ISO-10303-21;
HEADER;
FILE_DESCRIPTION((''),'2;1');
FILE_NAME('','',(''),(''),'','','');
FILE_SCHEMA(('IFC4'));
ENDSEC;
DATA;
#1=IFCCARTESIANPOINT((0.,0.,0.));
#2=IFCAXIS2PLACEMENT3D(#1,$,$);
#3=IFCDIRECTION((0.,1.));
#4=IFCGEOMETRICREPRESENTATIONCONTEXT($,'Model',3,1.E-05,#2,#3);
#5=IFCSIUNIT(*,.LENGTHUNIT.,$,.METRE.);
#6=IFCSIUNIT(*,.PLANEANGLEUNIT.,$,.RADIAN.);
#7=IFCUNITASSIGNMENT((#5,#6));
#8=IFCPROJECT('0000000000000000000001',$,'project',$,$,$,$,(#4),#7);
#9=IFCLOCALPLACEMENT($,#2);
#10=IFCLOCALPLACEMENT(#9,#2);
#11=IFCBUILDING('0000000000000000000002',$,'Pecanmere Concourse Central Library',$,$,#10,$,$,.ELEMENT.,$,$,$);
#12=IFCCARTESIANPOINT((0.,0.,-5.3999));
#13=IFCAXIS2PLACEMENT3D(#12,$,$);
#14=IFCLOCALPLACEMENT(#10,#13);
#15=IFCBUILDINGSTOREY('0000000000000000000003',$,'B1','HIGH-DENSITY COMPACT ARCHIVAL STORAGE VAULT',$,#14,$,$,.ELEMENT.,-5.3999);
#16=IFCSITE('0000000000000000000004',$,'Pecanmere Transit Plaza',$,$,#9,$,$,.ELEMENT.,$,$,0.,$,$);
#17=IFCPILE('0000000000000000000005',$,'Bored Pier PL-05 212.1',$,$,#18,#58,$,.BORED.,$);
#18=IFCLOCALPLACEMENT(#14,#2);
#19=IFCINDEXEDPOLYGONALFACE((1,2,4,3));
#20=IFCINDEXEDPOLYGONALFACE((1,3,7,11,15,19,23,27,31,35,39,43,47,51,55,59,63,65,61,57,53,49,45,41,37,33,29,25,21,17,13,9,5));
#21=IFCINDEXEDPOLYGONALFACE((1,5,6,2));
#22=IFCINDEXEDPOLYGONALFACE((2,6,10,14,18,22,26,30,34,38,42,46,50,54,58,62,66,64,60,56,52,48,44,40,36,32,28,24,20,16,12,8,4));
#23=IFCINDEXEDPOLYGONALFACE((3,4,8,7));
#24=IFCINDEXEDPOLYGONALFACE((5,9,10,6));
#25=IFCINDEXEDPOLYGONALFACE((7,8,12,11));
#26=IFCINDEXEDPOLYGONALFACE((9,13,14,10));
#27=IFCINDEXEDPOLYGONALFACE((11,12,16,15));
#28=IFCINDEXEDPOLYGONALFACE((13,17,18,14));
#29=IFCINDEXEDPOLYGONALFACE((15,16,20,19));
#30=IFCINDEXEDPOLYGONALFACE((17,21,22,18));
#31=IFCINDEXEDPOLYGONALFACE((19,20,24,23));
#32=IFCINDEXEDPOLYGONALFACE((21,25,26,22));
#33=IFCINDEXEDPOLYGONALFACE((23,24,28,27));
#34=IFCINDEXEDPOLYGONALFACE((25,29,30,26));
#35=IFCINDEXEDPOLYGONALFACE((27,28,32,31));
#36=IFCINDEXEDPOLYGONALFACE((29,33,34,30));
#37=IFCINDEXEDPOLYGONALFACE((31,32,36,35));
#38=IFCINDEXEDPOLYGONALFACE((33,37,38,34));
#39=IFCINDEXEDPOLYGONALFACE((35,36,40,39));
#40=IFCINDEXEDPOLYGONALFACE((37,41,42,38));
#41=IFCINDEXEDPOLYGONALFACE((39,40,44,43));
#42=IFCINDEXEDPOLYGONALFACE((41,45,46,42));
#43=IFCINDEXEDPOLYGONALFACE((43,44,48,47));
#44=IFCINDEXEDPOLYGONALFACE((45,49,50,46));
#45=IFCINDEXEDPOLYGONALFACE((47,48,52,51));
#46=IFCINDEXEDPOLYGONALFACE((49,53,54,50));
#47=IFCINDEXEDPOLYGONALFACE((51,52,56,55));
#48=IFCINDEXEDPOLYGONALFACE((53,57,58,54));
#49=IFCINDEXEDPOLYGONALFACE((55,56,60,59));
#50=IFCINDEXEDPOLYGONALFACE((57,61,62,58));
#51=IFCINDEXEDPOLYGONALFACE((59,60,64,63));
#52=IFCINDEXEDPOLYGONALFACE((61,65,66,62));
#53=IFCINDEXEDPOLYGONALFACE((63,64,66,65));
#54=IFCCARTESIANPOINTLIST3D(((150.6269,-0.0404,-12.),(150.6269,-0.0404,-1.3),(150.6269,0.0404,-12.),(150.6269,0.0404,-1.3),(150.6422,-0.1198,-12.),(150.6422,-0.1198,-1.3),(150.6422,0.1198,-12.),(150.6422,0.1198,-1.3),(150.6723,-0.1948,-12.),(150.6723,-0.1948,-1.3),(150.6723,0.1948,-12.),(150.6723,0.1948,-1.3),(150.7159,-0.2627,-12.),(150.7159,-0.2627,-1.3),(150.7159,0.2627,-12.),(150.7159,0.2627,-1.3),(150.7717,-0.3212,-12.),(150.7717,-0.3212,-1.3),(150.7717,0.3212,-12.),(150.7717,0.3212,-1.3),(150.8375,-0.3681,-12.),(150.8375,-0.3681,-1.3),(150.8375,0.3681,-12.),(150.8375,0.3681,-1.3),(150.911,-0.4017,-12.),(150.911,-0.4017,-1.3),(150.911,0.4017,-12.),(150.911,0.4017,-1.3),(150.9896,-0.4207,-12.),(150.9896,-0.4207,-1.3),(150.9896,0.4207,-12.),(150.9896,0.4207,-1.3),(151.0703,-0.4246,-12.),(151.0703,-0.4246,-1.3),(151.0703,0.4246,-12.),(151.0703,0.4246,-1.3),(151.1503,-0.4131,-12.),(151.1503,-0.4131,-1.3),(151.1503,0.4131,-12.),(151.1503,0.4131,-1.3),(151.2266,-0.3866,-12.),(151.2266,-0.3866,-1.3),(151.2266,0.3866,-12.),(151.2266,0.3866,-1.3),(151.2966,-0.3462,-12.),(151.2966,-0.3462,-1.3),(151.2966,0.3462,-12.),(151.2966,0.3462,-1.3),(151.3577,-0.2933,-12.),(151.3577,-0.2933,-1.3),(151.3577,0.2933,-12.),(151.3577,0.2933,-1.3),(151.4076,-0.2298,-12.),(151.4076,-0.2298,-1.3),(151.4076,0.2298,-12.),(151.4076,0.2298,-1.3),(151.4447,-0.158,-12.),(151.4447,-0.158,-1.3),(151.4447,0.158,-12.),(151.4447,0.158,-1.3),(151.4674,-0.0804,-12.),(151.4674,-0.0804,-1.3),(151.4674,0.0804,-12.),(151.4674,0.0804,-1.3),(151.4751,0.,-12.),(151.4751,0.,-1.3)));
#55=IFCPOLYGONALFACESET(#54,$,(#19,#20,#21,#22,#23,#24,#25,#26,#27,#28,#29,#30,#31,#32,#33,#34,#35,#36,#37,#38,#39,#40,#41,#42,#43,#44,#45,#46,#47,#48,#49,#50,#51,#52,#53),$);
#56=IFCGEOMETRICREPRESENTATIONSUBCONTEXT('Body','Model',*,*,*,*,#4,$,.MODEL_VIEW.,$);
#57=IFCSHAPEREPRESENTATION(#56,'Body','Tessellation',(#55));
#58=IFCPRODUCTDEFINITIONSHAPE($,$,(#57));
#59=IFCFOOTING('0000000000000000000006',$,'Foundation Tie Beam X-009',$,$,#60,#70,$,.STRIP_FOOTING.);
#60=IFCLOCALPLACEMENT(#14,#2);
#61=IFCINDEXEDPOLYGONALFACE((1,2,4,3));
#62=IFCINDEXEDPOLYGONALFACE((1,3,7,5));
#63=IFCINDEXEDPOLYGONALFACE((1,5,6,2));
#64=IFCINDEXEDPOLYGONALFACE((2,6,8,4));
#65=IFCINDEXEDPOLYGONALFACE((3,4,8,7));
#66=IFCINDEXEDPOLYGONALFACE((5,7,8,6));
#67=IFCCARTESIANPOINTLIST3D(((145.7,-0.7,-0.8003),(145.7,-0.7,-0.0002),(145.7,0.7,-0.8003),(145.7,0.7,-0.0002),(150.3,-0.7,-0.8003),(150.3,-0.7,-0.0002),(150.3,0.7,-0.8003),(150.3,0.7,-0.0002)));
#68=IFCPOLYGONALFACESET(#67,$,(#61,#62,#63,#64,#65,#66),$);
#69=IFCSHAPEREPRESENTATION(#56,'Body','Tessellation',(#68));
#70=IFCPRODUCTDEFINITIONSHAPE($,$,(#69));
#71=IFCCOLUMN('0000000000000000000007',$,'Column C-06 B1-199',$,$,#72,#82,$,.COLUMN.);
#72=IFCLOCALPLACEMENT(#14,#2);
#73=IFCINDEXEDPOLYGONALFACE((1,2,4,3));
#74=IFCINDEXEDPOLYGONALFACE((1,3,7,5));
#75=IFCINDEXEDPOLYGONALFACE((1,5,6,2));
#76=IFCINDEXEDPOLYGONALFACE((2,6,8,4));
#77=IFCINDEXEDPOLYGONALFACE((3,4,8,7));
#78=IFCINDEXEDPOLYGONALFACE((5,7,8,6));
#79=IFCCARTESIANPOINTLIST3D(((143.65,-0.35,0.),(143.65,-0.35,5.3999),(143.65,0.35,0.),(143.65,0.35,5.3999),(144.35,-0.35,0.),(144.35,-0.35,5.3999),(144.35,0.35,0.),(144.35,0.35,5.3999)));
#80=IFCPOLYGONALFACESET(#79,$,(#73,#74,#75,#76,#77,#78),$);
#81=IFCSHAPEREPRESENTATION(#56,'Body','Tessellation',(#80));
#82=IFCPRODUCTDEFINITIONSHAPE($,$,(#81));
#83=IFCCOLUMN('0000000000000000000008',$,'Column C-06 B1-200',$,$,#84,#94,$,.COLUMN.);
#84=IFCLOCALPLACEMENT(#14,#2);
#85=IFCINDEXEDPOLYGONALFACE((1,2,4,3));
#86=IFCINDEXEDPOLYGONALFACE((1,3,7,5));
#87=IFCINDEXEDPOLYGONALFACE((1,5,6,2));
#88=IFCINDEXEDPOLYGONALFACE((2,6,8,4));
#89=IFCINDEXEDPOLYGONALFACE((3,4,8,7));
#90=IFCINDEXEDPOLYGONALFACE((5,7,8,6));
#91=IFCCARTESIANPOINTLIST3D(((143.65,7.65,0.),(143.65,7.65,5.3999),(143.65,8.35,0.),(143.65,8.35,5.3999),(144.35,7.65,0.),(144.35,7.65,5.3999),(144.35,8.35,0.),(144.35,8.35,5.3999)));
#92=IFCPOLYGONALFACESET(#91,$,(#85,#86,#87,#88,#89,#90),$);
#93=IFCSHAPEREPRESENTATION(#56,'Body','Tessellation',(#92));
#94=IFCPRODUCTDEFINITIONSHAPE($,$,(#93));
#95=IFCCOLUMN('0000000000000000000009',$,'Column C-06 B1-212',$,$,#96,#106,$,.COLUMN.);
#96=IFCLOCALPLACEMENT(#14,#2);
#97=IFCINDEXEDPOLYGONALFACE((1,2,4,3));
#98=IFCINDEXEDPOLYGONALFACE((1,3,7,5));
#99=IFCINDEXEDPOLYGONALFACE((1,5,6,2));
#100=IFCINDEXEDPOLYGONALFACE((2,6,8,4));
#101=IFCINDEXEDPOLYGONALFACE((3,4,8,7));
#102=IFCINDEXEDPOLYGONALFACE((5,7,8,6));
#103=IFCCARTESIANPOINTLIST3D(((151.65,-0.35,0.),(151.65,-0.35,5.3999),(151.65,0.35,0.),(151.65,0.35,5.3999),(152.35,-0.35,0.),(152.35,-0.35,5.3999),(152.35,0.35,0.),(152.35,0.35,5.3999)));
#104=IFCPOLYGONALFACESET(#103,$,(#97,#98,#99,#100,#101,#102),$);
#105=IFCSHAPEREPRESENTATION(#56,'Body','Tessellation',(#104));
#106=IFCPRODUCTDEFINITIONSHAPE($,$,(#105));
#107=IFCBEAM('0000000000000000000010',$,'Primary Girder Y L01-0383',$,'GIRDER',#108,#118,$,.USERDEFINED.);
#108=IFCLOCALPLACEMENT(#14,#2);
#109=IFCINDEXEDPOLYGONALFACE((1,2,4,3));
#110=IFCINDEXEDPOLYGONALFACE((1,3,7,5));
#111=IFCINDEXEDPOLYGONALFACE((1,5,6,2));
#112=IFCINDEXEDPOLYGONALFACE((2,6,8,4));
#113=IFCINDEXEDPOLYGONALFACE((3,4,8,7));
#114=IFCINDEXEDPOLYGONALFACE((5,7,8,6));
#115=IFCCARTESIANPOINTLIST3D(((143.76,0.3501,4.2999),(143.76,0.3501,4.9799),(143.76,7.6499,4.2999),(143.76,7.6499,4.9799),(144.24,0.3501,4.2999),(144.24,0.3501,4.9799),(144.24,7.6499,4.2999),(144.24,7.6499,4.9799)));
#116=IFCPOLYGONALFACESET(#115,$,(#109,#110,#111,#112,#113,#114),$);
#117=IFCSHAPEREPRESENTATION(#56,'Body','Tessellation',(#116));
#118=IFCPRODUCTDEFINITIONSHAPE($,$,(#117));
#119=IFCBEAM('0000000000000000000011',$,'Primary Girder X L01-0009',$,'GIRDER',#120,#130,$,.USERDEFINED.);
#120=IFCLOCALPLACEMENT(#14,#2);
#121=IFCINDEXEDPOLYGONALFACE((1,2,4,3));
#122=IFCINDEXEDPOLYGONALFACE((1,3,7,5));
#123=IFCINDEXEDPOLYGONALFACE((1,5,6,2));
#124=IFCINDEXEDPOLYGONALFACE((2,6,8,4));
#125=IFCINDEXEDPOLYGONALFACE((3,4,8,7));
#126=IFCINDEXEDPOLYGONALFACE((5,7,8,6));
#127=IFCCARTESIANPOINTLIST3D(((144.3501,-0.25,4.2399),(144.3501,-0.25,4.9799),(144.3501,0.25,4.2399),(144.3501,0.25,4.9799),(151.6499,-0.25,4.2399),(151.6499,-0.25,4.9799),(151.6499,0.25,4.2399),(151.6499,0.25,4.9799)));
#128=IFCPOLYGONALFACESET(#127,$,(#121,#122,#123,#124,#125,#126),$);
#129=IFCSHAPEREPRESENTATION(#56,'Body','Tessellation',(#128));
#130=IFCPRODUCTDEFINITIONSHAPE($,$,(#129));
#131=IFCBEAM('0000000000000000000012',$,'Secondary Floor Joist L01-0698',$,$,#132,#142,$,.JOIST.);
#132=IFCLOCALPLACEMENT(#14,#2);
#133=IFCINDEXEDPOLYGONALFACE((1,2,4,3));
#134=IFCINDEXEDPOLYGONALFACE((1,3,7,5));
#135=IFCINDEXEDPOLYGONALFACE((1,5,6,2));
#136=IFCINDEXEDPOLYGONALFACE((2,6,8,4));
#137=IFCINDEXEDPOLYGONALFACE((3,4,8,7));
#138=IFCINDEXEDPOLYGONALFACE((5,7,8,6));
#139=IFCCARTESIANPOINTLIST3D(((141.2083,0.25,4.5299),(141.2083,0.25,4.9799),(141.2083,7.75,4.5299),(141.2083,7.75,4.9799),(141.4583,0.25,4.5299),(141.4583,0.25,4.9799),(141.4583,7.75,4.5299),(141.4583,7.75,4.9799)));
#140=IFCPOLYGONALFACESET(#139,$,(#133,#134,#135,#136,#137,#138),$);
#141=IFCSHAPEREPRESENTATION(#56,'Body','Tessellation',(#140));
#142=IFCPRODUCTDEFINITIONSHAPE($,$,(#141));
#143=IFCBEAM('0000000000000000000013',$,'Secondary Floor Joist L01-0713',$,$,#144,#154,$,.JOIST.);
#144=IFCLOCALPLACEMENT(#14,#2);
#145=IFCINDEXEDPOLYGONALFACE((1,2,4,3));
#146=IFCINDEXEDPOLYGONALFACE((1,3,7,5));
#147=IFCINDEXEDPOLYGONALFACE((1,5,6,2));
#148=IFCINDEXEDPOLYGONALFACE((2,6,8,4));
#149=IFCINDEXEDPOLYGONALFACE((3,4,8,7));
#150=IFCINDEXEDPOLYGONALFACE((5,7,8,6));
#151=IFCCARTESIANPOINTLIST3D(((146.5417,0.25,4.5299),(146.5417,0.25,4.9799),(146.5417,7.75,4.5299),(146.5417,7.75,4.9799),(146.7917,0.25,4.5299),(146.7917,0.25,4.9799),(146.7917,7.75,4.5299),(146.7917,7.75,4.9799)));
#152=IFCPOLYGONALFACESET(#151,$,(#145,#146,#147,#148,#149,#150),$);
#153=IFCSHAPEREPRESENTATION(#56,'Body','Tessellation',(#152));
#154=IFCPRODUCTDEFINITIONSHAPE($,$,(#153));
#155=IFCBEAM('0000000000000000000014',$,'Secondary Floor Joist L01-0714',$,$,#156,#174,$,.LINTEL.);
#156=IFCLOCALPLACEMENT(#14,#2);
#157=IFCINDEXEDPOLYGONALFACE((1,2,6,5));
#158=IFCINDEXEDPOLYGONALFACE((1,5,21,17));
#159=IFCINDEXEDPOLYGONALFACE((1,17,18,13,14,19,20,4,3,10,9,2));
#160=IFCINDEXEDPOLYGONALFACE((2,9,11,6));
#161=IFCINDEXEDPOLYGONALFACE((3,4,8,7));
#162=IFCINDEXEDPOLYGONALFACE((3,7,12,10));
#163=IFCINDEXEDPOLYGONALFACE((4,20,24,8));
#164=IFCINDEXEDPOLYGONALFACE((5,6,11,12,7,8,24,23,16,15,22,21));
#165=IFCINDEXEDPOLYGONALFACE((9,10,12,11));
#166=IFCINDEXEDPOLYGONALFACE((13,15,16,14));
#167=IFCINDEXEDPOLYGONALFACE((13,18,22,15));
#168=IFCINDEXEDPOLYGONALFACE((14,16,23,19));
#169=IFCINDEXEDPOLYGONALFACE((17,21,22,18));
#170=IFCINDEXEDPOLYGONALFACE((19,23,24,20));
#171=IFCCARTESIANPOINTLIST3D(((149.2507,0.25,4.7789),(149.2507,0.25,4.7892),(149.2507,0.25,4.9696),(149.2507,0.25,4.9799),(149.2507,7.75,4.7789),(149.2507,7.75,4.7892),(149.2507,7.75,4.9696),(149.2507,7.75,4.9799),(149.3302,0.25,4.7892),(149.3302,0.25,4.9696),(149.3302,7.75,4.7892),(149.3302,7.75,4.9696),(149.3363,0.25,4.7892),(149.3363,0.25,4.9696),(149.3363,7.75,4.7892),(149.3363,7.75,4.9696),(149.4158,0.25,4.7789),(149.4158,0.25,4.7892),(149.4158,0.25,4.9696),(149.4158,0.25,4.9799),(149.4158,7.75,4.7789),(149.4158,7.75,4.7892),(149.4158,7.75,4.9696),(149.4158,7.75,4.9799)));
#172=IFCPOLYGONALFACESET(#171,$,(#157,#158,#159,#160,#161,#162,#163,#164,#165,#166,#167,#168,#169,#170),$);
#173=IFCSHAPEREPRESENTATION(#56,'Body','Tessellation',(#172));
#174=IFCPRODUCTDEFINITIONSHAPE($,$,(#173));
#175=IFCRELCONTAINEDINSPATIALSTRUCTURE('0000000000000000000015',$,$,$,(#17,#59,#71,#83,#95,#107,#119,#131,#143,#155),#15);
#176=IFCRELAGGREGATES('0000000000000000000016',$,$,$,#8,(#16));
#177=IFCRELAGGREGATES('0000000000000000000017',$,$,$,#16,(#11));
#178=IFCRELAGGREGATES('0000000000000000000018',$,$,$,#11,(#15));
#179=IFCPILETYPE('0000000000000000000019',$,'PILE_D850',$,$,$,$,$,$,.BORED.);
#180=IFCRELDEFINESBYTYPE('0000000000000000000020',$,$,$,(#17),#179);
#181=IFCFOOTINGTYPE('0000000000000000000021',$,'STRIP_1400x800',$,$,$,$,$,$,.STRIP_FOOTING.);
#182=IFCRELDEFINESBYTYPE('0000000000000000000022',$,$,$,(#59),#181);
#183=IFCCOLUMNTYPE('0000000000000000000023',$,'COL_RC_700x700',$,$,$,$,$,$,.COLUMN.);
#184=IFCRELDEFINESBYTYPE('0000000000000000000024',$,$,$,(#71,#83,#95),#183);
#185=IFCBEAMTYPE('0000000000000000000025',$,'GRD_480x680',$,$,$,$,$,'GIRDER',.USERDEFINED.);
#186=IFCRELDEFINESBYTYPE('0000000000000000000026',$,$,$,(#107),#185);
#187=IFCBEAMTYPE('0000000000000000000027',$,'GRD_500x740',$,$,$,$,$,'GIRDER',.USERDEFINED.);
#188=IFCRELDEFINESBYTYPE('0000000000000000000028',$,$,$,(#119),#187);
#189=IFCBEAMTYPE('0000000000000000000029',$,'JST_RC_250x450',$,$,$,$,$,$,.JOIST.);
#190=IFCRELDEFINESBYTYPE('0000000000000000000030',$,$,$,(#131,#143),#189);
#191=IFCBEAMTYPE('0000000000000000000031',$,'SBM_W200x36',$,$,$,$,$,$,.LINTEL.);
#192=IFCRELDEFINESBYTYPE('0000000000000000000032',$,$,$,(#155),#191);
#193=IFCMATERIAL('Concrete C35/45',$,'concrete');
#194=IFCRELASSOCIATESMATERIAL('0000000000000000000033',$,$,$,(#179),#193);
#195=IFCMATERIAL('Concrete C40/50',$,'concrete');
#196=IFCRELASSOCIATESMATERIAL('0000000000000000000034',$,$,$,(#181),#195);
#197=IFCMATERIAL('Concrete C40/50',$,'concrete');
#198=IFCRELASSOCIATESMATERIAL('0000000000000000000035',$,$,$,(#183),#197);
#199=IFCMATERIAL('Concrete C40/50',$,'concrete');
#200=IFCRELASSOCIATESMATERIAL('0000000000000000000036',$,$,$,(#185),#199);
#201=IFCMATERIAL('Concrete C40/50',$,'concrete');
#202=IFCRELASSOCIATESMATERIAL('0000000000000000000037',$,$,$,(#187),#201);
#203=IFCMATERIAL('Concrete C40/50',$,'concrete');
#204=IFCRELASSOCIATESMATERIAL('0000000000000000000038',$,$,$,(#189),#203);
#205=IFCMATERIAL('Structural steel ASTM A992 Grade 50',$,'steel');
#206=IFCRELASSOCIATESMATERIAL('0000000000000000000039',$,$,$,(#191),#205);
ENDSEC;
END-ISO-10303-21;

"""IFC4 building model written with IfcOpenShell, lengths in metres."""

from ifc_helpers import new_model, si_unit, direction, frame, origin, origin_2d, place, context, subcontext, project, spatial, rectangle, circle, i_section, extrude, material, material_profile, profile_set, type_object, element, save


model = new_model("IFC4")

# Units and contexts
model_context = context("Model", 3, precision=1e-05, world=origin(), true_north=direction((0.0, 1.0)))
body_context = subcontext(model_context, "Body", "Model", "MODEL_VIEW")
ifc_project = project(units=[si_unit("LENGTHUNIT", "METRE"), si_unit("PLANEANGLEUNIT", "RADIAN")], contexts=[model_context])

# Site, building, storey
site_placement = place(None, origin())
site = spatial("IfcSite", under=ifc_project, at=site_placement, Name="Pecanmere Transit Plaza", CompositionType="ELEMENT", RefElevation=0.0)
building_placement = place(site_placement, origin())
building = spatial("IfcBuilding", under=site, at=building_placement, Name="Pecanmere Concourse Central Library", CompositionType="ELEMENT")
storey_placement = place(building_placement, frame((0.0, 0.0, -5.3999)))
storey = spatial("IfcBuildingStorey", under=building, at=storey_placement, Name="B1", Description="HIGH-DENSITY COMPACT ARCHIVAL STORAGE VAULT", CompositionType="ELEMENT", Elevation=-5.3999)

# Pile
ifc_material_1 = material(Name="Concrete C35/45", Category="concrete")
ifc_material_profile_1 = material_profile(ifc_material_1, circle(Radius=0.425, at=origin_2d()), Name="PIER D850")
ifc_profile_set_1 = profile_set([ifc_material_profile_1], Name="Concrete C35/45")
pile_type = type_object("IfcPileType", Name="PILE_D850", PredefinedType="BORED", material=ifc_profile_set_1)
for number, where, z_axis, x_axis, name in (
    (1, (151.05, 0.0, -1.3), (0.0, 0.0, -1.0), (1.0, 0.0, 0.0), "Bored Pier PL-05 212.1"),
):
    element("IfcPile", number, at=place(storey_placement, frame(where, z_axis=z_axis, x_axis=x_axis)), inside=storey, type_object=pile_type, Name=name, PredefinedType="BORED", context=body_context, shape_type="SweptSolid", body=[
        extrude(circle(Radius=0.425, at=origin_2d()), origin(), (0.0, 0.0, 1.0), 10.7),
    ])

# Footing
ifc_material_2 = material(Name="Concrete C40/50", Category="concrete")
ifc_material_profile_2 = material_profile(ifc_material_2, rectangle(XDim=1.3999, YDim=0.8, at=origin_2d()), Name="RC 1400x800")
ifc_profile_set_2 = profile_set([ifc_material_profile_2], Name="Concrete C40/50")
footing_type_1 = type_object("IfcFootingType", Name="STRIP_1400x800", PredefinedType="STRIP_FOOTING", material=ifc_profile_set_2)
footing_1_placement = place(storey_placement, frame((148.0, 0.0, -0.8003), z_axis=(0.0, 0.0, 1.0), x_axis=(1.0, 0.0, 0.0)))
element("IfcFooting", 2, at=footing_1_placement, inside=storey, type_object=footing_type_1, Name="Foundation Tie Beam X-009", PredefinedType="STRIP_FOOTING", context=body_context, shape_type="SweptSolid", body=[
    extrude(rectangle(XDim=4.6001, YDim=1.3999, at=origin_2d()), origin(), (0.0, 0.0, 1.0), 0.8),
])

# Columns
ifc_material_3 = material(Name="Concrete C40/50", Category="concrete")
ifc_material_profile_3 = material_profile(ifc_material_3, rectangle(XDim=0.7, YDim=0.7, at=origin_2d()), Name="RC 700x700")
ifc_profile_set_3 = profile_set([ifc_material_profile_3], Name="Concrete C40/50")
column_type = type_object("IfcColumnType", Name="COL_RC_700x700", PredefinedType="COLUMN", material=ifc_profile_set_3)
for number, where, z_axis, x_axis, name in (
    (3, (144.0, 0.0, 0.0), (0.0, 0.0, 1.0), (1.0, 0.0, 0.0), "Column C-06 B1-199"),
    (4, (144.0, 8.0, 0.0), (0.0, 0.0, 1.0), (1.0, 0.0, 0.0), "Column C-06 B1-200"),
    (5, (152.0, 0.0, 0.0), (0.0, 0.0, 1.0), (1.0, 0.0, 0.0), "Column C-06 B1-212"),
):
    element("IfcColumn", number, at=place(storey_placement, frame(where, z_axis=z_axis, x_axis=x_axis)), inside=storey, type_object=column_type, Name=name, PredefinedType="COLUMN", context=body_context, shape_type="SweptSolid", body=[
        extrude(rectangle(XDim=0.7, YDim=0.7, at=origin_2d()), origin(), (0.0, 0.0, 1.0), 5.3999),
    ])

# Beams
ifc_material_4 = material(Name="Concrete C40/50", Category="concrete")
ifc_material_profile_4 = material_profile(ifc_material_4, rectangle(XDim=0.48, YDim=0.6799, at=origin_2d()), Name="RC 480x680")
ifc_profile_set_4 = profile_set([ifc_material_profile_4], Name="Concrete C40/50")
beam_type_1 = type_object("IfcBeamType", Name="GRD_480x680", ElementType="GIRDER", PredefinedType="USERDEFINED", material=ifc_profile_set_4)
beam_1_placement = place(storey_placement, frame((144.0, 0.3501, 4.6399), z_axis=(0.0, 1.0, 0.0), x_axis=(-1.0, 0.0, 0.0)))
element("IfcBeam", 6, at=beam_1_placement, inside=storey, type_object=beam_type_1, Name="Primary Girder Y L01-0383", ObjectType="GIRDER", PredefinedType="USERDEFINED", context=body_context, shape_type="SweptSolid", body=[
    extrude(rectangle(XDim=0.48, YDim=0.6799, at=origin_2d()), origin(), (0.0, 0.0, 1.0), 7.2998),
])
ifc_material_5 = material(Name="Concrete C40/50", Category="concrete")
ifc_material_profile_5 = material_profile(ifc_material_5, rectangle(XDim=0.5, YDim=0.74, at=origin_2d()), Name="RC 500x740")
ifc_profile_set_5 = profile_set([ifc_material_profile_5], Name="Concrete C40/50")
beam_type_2 = type_object("IfcBeamType", Name="GRD_500x740", ElementType="GIRDER", PredefinedType="USERDEFINED", material=ifc_profile_set_5)
beam_2_placement = place(storey_placement, frame((144.3501, 0.0, 4.6099), z_axis=(1.0, 0.0, 0.0), x_axis=(0.0, 1.0, 0.0)))
element("IfcBeam", 7, at=beam_2_placement, inside=storey, type_object=beam_type_2, Name="Primary Girder X L01-0009", ObjectType="GIRDER", PredefinedType="USERDEFINED", context=body_context, shape_type="SweptSolid", body=[
    extrude(rectangle(XDim=0.5, YDim=0.74, at=origin_2d()), origin(), (0.0, 0.0, 1.0), 7.2998),
])
ifc_material_6 = material(Name="Concrete C40/50", Category="concrete")
ifc_material_profile_6 = material_profile(ifc_material_6, rectangle(XDim=0.25, YDim=0.45, at=origin_2d()), Name="RC 250x450")
ifc_profile_set_6 = profile_set([ifc_material_profile_6], Name="Concrete C40/50")
beam_type_3 = type_object("IfcBeamType", Name="JST_RC_250x450", PredefinedType="JOIST", material=ifc_profile_set_6)
for number, where, z_axis, x_axis, name in (
    (8, (141.3333, 0.25, 4.7549), (0.0, 1.0, 0.0), (-1.0, 0.0, 0.0), "Secondary Floor Joist L01-0698"),
    (9, (146.6667, 0.25, 4.7549), (0.0, 1.0, 0.0), (-1.0, 0.0, 0.0), "Secondary Floor Joist L01-0713"),
):
    element("IfcBeam", number, at=place(storey_placement, frame(where, z_axis=z_axis, x_axis=x_axis)), inside=storey, type_object=beam_type_3, Name=name, PredefinedType="JOIST", context=body_context, shape_type="SweptSolid", body=[
        extrude(rectangle(XDim=0.25, YDim=0.45, at=origin_2d()), origin(), (0.0, 0.0, 1.0), 7.5),
    ])
ifc_material_7 = material(Name="Structural steel ASTM A992 Grade 50", Category="steel")
ifc_material_profile_7 = material_profile(ifc_material_7, i_section(OverallWidth=0.165, OverallDepth=0.2009, WebThickness=0.0061, FlangeThickness=0.0103, at=origin_2d()), Name="W200x35.9")
ifc_profile_set_7 = profile_set([ifc_material_profile_7], Name="Structural steel ASTM A992 Grade 50")
beam_type_4 = type_object("IfcBeamType", Name="SBM_W200x36", PredefinedType="LINTEL", material=ifc_profile_set_7)
beam_3_placement = place(storey_placement, frame((149.3333, 0.25, 4.8794), z_axis=(0.0, 1.0, 0.0), x_axis=(-1.0, 0.0, 0.0)))
element("IfcBeam", 10, at=beam_3_placement, inside=storey, type_object=beam_type_4, Name="Secondary Floor Joist L01-0714", PredefinedType="LINTEL", context=body_context, shape_type="SweptSolid", body=[
    extrude(i_section(OverallWidth=0.165, OverallDepth=0.2009, WebThickness=0.0061, FlangeThickness=0.0103, at=origin_2d()), origin(), (0.0, 0.0, 1.0), 7.5),
])

save(model, "model.ifc")
